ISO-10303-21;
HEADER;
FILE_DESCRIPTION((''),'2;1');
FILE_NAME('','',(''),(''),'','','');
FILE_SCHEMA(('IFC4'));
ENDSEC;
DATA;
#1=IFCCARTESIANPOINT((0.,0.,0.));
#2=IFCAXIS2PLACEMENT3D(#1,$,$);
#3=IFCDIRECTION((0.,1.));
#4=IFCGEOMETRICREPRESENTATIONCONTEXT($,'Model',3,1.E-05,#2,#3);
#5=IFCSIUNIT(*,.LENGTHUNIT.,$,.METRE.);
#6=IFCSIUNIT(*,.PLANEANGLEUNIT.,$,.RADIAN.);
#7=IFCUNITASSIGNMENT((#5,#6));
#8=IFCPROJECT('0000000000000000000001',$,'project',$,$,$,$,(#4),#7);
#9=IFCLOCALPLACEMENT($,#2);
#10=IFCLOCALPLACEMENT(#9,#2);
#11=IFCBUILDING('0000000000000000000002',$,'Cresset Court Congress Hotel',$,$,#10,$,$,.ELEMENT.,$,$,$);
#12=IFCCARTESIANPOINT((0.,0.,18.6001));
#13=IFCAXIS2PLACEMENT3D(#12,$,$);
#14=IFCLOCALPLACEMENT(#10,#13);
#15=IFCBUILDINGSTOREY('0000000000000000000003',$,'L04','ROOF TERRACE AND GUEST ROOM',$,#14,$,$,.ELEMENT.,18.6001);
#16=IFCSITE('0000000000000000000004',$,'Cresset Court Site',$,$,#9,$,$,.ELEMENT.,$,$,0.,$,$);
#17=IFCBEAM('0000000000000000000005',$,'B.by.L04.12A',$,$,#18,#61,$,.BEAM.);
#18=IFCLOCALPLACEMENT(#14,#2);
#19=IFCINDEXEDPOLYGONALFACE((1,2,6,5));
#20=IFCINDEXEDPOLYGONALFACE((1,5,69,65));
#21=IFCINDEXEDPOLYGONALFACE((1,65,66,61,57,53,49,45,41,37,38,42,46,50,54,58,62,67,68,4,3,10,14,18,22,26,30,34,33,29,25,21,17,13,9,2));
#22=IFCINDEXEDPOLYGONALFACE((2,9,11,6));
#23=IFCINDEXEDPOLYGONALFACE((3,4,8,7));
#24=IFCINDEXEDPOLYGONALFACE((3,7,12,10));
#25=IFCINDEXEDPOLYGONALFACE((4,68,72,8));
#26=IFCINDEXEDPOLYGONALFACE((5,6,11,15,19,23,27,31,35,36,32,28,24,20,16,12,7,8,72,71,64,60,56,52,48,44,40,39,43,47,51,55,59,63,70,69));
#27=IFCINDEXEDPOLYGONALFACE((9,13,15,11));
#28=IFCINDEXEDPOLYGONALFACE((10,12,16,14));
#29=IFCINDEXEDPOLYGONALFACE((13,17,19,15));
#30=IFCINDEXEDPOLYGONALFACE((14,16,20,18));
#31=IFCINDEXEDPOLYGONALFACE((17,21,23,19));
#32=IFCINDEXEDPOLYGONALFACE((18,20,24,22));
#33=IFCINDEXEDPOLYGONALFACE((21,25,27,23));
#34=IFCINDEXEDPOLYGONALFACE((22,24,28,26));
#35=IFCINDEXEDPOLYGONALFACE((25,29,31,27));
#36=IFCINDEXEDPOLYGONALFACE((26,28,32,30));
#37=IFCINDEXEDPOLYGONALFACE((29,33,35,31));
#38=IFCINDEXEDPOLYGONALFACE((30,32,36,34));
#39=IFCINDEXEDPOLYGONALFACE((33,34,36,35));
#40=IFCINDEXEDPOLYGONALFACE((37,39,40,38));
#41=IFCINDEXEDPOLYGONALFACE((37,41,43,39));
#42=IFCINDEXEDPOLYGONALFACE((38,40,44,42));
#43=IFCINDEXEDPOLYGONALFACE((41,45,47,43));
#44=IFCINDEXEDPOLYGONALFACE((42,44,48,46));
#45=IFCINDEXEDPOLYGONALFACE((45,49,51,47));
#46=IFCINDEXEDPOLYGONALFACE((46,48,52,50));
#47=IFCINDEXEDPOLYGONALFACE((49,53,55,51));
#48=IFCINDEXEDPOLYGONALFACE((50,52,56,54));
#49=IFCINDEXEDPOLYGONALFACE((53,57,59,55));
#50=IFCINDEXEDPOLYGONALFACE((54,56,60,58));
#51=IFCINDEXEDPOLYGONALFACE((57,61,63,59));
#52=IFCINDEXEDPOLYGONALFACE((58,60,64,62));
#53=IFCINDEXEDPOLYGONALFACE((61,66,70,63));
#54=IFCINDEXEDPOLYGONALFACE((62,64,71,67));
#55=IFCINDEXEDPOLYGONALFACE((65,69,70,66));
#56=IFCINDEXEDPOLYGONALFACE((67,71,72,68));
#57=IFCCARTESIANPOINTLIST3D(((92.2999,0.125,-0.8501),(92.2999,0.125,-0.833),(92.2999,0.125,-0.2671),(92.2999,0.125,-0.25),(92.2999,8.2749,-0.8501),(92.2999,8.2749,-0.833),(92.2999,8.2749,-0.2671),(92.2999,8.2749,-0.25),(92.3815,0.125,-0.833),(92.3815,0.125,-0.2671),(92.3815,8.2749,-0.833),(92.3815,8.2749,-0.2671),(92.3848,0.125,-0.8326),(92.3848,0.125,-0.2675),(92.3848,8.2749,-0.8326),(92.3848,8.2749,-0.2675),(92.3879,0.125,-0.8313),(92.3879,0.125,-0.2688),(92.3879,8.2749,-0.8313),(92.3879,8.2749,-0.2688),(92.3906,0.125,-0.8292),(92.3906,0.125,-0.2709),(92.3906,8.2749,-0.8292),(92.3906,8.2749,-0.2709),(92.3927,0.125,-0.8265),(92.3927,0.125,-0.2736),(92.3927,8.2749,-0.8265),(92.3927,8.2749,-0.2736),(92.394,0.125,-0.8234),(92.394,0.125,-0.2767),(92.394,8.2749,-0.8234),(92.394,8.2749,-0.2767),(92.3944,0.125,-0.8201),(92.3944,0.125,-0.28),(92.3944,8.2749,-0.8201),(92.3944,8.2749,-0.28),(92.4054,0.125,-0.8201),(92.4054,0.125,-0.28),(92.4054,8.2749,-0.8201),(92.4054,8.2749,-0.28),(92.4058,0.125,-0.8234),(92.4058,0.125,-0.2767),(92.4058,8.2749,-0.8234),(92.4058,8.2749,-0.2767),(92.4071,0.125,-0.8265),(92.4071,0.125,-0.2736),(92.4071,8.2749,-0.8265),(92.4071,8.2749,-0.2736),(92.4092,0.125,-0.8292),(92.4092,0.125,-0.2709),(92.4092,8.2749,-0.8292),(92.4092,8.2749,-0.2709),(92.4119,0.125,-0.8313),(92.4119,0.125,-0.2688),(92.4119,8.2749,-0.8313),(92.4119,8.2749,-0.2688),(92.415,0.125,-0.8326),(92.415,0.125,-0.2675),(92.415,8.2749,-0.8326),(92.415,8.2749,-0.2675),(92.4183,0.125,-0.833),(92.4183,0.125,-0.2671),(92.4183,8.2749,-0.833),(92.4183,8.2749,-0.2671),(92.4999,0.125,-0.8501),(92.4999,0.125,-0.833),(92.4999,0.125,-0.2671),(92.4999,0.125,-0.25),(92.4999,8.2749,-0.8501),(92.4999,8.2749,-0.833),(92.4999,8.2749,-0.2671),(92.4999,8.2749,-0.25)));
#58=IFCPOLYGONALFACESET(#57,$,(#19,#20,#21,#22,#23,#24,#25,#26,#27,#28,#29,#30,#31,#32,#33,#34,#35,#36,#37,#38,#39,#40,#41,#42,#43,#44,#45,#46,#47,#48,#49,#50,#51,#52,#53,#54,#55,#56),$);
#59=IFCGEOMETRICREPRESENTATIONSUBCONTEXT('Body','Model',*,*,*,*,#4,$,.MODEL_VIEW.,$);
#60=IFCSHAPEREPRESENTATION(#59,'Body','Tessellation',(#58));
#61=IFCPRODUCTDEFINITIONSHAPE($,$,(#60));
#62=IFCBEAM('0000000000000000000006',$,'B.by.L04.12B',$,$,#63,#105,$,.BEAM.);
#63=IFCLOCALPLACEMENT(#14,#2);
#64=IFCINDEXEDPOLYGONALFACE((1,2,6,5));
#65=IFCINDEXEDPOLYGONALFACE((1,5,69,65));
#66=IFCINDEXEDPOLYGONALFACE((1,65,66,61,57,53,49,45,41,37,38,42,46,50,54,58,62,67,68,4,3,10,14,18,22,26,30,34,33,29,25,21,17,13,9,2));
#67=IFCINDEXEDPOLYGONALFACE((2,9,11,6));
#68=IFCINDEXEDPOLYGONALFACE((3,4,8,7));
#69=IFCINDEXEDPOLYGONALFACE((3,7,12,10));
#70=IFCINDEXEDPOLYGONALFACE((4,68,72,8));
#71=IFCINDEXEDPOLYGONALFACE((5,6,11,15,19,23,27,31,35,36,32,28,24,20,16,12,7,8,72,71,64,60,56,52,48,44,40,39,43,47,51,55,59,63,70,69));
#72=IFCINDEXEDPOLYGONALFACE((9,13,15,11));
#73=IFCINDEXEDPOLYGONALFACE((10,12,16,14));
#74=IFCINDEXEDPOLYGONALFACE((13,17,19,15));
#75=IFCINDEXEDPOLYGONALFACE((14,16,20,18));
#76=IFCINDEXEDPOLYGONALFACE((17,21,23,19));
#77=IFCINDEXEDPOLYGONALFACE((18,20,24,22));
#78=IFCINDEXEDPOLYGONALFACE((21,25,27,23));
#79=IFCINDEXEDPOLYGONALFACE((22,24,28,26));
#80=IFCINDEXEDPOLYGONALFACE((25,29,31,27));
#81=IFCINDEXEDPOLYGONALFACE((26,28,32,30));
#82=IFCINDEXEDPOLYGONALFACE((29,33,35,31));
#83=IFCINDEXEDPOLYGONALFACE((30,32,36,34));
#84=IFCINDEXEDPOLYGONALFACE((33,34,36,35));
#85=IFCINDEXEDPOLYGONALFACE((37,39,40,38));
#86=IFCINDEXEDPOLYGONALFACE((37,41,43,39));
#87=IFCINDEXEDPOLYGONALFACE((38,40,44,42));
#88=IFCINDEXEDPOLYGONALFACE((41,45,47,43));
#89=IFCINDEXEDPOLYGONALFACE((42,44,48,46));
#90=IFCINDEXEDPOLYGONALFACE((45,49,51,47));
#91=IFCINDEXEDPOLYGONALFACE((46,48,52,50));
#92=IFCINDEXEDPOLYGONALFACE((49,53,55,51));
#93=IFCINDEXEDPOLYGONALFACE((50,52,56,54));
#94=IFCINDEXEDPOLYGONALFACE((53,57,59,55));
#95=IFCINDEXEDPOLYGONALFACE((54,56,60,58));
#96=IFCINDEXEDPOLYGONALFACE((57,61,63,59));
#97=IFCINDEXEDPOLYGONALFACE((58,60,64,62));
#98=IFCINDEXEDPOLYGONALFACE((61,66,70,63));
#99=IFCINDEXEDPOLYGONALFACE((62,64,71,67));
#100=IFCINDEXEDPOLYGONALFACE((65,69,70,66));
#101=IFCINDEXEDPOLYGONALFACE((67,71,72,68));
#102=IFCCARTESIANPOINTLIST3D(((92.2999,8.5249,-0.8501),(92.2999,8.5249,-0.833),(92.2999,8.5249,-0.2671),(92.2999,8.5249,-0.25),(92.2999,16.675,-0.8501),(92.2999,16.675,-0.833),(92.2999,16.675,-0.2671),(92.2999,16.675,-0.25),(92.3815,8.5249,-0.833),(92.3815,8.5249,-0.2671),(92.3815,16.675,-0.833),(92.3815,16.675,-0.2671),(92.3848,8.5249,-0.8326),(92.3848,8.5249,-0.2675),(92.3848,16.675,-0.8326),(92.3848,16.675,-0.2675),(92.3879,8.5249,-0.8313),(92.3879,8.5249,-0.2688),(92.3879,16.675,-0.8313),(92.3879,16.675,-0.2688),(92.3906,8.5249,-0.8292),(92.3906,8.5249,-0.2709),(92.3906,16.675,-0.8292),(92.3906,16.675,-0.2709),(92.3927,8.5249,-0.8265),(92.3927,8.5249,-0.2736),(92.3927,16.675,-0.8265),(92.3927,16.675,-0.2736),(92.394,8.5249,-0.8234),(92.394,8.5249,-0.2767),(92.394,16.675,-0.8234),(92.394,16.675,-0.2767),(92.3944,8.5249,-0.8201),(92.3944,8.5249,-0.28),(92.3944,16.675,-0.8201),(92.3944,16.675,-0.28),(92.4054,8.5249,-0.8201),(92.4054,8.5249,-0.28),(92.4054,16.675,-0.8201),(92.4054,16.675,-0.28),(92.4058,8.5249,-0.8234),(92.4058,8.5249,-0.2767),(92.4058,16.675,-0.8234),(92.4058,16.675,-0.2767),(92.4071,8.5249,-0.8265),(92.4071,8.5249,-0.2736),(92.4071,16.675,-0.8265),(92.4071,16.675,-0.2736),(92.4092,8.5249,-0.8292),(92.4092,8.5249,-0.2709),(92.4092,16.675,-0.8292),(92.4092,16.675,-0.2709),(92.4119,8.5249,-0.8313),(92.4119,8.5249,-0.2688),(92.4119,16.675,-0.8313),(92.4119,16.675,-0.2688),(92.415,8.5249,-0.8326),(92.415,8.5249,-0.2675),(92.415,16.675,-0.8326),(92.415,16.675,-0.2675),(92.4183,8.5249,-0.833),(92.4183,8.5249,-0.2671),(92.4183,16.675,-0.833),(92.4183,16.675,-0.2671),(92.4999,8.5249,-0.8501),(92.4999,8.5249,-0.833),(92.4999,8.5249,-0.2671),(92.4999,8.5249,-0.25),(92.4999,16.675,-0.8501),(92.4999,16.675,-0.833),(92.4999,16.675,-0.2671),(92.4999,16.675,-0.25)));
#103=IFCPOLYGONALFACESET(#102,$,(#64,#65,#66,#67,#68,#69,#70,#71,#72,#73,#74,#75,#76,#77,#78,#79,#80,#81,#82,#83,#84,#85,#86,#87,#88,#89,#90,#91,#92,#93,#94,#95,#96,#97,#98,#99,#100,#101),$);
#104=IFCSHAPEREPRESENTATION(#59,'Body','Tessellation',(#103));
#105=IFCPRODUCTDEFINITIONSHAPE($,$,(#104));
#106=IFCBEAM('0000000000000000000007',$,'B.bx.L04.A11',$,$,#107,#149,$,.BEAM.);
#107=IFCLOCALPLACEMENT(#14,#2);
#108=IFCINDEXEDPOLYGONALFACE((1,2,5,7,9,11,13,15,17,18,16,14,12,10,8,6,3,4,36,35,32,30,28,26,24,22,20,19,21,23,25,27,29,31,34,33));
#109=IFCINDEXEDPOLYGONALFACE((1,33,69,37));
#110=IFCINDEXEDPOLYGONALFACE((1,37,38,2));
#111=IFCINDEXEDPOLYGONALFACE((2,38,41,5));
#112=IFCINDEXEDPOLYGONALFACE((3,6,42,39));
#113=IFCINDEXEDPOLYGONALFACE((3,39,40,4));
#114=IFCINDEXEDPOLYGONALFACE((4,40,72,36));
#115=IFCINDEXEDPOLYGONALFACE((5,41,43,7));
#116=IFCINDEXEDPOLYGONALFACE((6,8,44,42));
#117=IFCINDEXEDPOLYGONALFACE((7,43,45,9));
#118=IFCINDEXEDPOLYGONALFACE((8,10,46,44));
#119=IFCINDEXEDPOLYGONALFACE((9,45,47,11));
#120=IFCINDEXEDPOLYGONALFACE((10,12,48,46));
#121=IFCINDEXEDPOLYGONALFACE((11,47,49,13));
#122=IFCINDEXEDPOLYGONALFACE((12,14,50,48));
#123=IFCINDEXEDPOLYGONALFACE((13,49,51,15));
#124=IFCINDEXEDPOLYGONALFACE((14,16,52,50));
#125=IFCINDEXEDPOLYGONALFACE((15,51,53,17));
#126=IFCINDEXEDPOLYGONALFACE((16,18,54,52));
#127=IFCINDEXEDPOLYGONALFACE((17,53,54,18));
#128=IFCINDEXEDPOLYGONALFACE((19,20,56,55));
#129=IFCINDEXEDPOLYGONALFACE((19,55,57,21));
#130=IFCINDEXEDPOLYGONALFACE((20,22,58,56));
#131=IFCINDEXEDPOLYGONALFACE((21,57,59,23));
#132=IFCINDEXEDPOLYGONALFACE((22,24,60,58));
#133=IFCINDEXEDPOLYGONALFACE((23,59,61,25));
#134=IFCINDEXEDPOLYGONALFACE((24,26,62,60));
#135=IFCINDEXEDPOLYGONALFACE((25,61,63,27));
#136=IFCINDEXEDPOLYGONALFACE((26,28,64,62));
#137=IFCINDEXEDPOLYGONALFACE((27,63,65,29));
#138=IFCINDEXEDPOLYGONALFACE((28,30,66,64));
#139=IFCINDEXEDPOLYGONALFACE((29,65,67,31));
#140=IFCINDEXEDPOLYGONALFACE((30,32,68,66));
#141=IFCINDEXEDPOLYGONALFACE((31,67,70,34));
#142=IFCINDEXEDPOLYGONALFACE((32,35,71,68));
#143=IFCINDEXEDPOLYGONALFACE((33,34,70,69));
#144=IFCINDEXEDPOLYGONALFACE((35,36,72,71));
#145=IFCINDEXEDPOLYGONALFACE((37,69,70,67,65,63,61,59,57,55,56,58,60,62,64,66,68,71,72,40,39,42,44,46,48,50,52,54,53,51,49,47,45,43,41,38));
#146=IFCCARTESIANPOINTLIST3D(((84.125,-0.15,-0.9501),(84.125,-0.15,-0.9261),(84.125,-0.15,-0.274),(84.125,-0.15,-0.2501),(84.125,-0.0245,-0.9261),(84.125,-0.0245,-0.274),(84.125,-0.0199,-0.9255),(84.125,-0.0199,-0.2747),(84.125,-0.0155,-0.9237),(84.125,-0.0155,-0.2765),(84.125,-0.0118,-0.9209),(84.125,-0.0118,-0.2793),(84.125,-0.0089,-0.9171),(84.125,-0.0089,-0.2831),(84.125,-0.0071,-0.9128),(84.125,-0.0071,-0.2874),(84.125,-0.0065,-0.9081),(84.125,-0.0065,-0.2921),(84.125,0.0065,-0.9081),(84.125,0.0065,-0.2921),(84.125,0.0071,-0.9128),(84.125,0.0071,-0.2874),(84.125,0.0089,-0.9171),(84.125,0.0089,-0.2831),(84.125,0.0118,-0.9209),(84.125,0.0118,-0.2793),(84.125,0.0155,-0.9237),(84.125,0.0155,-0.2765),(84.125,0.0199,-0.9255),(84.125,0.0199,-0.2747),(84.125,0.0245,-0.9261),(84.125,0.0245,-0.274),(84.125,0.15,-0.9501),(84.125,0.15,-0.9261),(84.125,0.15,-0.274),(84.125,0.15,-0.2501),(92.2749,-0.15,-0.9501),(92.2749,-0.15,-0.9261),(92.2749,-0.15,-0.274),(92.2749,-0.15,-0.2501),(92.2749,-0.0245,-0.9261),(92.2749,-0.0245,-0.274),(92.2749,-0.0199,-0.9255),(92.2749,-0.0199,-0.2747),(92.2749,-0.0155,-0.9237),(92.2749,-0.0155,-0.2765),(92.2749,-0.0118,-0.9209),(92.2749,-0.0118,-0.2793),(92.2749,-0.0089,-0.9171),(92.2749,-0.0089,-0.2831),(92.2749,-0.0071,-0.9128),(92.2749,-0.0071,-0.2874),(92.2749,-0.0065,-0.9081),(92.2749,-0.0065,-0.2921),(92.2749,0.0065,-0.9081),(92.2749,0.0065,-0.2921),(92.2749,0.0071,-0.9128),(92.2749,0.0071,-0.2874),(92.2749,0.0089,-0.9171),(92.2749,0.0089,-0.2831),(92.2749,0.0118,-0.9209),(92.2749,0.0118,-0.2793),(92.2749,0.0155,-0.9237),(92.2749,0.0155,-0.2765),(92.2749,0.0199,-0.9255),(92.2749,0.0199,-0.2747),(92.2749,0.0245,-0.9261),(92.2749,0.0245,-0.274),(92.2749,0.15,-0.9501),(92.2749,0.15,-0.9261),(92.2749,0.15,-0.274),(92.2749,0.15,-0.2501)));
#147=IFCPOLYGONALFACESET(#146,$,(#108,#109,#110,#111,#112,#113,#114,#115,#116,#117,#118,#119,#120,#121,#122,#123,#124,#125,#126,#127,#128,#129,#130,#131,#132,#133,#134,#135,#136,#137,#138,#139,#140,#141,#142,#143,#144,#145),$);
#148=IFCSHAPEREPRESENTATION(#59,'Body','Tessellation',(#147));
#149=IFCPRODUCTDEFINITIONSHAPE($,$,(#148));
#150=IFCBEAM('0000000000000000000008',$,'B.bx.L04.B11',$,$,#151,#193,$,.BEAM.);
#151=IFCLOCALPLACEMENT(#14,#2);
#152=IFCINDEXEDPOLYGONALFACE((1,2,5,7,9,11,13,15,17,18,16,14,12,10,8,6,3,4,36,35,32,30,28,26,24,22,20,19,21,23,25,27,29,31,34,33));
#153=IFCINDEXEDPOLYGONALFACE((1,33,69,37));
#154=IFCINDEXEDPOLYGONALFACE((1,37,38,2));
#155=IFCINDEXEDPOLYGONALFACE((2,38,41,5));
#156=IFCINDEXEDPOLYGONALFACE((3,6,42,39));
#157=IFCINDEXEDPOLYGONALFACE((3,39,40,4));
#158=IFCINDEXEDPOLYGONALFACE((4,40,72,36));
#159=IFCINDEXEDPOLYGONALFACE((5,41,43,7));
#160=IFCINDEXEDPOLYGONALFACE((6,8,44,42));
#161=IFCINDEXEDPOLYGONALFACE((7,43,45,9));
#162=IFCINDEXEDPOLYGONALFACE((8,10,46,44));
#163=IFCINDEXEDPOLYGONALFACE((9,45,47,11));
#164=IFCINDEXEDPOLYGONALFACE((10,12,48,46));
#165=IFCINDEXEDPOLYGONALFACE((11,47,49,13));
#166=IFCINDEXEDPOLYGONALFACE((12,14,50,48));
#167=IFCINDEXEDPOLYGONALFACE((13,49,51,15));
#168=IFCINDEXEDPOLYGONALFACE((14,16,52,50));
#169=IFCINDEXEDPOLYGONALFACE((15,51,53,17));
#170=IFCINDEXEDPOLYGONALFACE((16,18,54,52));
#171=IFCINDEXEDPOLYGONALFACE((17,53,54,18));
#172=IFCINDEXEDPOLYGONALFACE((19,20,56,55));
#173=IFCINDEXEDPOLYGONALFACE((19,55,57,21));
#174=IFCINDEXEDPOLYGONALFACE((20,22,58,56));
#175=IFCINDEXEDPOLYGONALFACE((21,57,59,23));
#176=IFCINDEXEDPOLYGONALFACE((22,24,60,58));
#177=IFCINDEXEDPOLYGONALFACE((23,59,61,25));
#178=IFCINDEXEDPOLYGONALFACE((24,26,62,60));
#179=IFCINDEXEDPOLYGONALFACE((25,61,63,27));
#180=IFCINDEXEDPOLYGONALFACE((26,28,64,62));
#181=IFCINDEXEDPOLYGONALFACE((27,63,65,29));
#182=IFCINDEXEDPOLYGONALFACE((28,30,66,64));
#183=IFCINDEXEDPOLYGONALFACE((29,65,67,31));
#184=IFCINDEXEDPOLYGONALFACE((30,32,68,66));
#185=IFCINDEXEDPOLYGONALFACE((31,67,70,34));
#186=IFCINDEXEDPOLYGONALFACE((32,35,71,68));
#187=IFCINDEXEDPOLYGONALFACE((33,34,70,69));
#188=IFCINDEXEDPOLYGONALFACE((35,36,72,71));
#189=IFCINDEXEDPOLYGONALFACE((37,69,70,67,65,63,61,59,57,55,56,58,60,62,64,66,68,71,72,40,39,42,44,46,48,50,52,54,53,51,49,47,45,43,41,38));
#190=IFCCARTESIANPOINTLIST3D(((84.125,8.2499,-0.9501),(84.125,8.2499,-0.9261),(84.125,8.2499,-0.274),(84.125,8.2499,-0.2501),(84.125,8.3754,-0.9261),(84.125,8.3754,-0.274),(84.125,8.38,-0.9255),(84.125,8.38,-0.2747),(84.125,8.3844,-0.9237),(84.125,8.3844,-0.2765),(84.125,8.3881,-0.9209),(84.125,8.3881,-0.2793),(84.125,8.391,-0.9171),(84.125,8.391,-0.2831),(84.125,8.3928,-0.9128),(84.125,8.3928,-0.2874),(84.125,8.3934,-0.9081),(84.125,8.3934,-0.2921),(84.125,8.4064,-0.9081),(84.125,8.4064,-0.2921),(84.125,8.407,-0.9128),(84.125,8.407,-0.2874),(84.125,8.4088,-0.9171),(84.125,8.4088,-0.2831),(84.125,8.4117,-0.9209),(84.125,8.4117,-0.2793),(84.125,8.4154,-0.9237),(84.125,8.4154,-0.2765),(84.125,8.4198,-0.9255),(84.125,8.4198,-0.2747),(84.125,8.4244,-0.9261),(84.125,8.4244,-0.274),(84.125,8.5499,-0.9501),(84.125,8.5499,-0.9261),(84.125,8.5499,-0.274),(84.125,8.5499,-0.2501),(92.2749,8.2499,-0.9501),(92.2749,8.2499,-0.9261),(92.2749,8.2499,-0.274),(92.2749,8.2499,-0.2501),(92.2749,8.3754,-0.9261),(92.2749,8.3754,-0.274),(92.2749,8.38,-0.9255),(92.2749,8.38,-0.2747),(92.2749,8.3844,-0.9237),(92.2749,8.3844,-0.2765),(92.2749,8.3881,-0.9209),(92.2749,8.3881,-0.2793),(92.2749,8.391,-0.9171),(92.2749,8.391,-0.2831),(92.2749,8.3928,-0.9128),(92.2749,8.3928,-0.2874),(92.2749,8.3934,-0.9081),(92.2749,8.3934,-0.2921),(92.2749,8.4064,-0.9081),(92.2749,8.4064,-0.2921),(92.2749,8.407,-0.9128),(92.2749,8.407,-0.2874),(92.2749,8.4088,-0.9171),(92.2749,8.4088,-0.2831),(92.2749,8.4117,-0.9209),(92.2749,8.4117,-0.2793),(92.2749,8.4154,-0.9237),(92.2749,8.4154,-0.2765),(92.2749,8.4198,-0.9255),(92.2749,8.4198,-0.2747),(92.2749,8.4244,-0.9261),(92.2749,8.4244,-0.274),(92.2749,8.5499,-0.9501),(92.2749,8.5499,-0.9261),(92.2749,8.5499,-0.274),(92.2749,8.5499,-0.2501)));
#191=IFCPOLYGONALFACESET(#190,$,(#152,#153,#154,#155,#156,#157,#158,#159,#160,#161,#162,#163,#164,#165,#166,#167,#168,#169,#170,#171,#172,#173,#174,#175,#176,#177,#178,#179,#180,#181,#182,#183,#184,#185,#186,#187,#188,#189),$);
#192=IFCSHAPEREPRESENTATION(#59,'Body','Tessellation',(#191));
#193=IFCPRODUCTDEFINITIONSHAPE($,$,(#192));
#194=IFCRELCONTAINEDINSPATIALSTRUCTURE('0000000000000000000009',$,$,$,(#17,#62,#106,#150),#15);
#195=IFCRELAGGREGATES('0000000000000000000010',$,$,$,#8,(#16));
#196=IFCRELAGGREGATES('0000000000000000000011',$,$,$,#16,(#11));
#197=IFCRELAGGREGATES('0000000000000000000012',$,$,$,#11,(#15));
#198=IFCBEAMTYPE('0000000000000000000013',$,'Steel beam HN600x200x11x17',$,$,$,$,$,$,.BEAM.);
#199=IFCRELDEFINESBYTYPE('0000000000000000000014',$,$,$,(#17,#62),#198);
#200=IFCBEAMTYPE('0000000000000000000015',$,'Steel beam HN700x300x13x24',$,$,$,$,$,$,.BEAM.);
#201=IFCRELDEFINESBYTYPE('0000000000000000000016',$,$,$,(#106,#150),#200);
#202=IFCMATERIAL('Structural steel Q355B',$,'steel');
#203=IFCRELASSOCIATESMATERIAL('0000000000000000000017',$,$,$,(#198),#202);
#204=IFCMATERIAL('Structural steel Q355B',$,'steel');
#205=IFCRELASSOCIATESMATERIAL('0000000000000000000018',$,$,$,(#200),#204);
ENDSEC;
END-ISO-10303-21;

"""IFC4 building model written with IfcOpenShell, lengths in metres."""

from ifc_helpers import new_model, si_unit, direction, frame, origin, origin_2d, place, context, subcontext, project, spatial, i_section, extrude, material, material_profile, profile_set, type_object, element, save


model = new_model("IFC4")

# Units and contexts
model_context = context("Model", 3, precision=1e-05, world=origin(), true_north=direction((0.0, 1.0)))
body_context = subcontext(model_context, "Body", "Model", "MODEL_VIEW")
ifc_project = project(units=[si_unit("LENGTHUNIT", "METRE"), si_unit("PLANEANGLEUNIT", "RADIAN")], contexts=[model_context])

# Site, building, storey
site_placement = place(None, origin())
site = spatial("IfcSite", under=ifc_project, at=site_placement, Name="Cresset Court Site", CompositionType="ELEMENT", RefElevation=0.0)
building_placement = place(site_placement, origin())
building = spatial("IfcBuilding", under=site, at=building_placement, Name="Cresset Court Congress Hotel", CompositionType="ELEMENT")
storey_placement = place(building_placement, frame((0.0, 0.0, 18.6001)))
storey = spatial("IfcBuildingStorey", under=building, at=storey_placement, Name="L04", Description="ROOF TERRACE AND GUEST ROOM", CompositionType="ELEMENT", Elevation=18.6001)

# Beams
ifc_material_1 = material(Name="Structural steel Q355B", Category="steel")
ifc_material_profile_1 = material_profile(ifc_material_1, i_section(OverallWidth=0.2, OverallDepth=0.6001, WebThickness=0.011, FlangeThickness=0.0171, FilletRadius=0.0129, at=origin_2d()), Name="HN600x200x11x17")
ifc_profile_set_1 = profile_set([ifc_material_profile_1], Name="Structural steel Q355B")
beam_type_1 = type_object("IfcBeamType", Name="Steel beam HN600x200x11x17", PredefinedType="BEAM", material=ifc_profile_set_1)
beam_1_placement = place(storey_placement, frame((92.3999, 0.125, -0.55), z_axis=(0.0, 1.0, 0.0), x_axis=(-1.0, 0.0, 0.0)))
element("IfcBeam", 1, at=beam_1_placement, inside=storey, type_object=beam_type_1, Name="B.by.L04.12A", PredefinedType="BEAM", context=body_context, shape_type="SweptSolid", body=[
    extrude(i_section(OverallWidth=0.2, OverallDepth=0.6001, WebThickness=0.011, FlangeThickness=0.0171, FilletRadius=0.0129, at=origin_2d()), origin(), (0.0, 0.0, 1.0), 8.1499),
])
beam_2_placement = place(storey_placement, frame((92.3999, 8.5249, -0.55), z_axis=(0.0, 1.0, 0.0), x_axis=(-1.0, 0.0, 0.0)))
element("IfcBeam", 2, at=beam_2_placement, inside=storey, type_object=beam_type_1, Name="B.by.L04.12B", PredefinedType="BEAM", context=body_context, shape_type="SweptSolid", body=[
    extrude(i_section(OverallWidth=0.2, OverallDepth=0.6001, WebThickness=0.011, FlangeThickness=0.0171, FilletRadius=0.0129, at=origin_2d()), origin(), (0.0, 0.0, 1.0), 8.1501),
])
ifc_material_2 = material(Name="Structural steel Q355B", Category="steel")
ifc_material_profile_2 = material_profile(ifc_material_2, i_section(OverallWidth=0.3, OverallDepth=0.7, WebThickness=0.0129, FlangeThickness=0.0239, FilletRadius=0.0181, at=origin_2d()), Name="HN700x300x13x24")
ifc_profile_set_2 = profile_set([ifc_material_profile_2], Name="Structural steel Q355B")
beam_type_2 = type_object("IfcBeamType", Name="Steel beam HN700x300x13x24", PredefinedType="BEAM", material=ifc_profile_set_2)
for number, where, z_axis, x_axis, name in (
    (3, (84.125, 0.0, -0.6001), (1.0, 0.0, 0.0), (0.0, 1.0, 0.0), "B.bx.L04.A11"),
    (4, (84.125, 8.3999, -0.6001), (1.0, 0.0, 0.0), (0.0, 1.0, 0.0), "B.bx.L04.B11"),
):
    element("IfcBeam", number, at=place(storey_placement, frame(where, z_axis=z_axis, x_axis=x_axis)), inside=storey, type_object=beam_type_2, Name=name, PredefinedType="BEAM", context=body_context, shape_type="SweptSolid", body=[
        extrude(i_section(OverallWidth=0.3, OverallDepth=0.7, WebThickness=0.0129, FlangeThickness=0.0239, FilletRadius=0.0181, at=origin_2d()), origin(), (0.0, 0.0, 1.0), 8.1499),
    ])

save(model, "model.ifc")
